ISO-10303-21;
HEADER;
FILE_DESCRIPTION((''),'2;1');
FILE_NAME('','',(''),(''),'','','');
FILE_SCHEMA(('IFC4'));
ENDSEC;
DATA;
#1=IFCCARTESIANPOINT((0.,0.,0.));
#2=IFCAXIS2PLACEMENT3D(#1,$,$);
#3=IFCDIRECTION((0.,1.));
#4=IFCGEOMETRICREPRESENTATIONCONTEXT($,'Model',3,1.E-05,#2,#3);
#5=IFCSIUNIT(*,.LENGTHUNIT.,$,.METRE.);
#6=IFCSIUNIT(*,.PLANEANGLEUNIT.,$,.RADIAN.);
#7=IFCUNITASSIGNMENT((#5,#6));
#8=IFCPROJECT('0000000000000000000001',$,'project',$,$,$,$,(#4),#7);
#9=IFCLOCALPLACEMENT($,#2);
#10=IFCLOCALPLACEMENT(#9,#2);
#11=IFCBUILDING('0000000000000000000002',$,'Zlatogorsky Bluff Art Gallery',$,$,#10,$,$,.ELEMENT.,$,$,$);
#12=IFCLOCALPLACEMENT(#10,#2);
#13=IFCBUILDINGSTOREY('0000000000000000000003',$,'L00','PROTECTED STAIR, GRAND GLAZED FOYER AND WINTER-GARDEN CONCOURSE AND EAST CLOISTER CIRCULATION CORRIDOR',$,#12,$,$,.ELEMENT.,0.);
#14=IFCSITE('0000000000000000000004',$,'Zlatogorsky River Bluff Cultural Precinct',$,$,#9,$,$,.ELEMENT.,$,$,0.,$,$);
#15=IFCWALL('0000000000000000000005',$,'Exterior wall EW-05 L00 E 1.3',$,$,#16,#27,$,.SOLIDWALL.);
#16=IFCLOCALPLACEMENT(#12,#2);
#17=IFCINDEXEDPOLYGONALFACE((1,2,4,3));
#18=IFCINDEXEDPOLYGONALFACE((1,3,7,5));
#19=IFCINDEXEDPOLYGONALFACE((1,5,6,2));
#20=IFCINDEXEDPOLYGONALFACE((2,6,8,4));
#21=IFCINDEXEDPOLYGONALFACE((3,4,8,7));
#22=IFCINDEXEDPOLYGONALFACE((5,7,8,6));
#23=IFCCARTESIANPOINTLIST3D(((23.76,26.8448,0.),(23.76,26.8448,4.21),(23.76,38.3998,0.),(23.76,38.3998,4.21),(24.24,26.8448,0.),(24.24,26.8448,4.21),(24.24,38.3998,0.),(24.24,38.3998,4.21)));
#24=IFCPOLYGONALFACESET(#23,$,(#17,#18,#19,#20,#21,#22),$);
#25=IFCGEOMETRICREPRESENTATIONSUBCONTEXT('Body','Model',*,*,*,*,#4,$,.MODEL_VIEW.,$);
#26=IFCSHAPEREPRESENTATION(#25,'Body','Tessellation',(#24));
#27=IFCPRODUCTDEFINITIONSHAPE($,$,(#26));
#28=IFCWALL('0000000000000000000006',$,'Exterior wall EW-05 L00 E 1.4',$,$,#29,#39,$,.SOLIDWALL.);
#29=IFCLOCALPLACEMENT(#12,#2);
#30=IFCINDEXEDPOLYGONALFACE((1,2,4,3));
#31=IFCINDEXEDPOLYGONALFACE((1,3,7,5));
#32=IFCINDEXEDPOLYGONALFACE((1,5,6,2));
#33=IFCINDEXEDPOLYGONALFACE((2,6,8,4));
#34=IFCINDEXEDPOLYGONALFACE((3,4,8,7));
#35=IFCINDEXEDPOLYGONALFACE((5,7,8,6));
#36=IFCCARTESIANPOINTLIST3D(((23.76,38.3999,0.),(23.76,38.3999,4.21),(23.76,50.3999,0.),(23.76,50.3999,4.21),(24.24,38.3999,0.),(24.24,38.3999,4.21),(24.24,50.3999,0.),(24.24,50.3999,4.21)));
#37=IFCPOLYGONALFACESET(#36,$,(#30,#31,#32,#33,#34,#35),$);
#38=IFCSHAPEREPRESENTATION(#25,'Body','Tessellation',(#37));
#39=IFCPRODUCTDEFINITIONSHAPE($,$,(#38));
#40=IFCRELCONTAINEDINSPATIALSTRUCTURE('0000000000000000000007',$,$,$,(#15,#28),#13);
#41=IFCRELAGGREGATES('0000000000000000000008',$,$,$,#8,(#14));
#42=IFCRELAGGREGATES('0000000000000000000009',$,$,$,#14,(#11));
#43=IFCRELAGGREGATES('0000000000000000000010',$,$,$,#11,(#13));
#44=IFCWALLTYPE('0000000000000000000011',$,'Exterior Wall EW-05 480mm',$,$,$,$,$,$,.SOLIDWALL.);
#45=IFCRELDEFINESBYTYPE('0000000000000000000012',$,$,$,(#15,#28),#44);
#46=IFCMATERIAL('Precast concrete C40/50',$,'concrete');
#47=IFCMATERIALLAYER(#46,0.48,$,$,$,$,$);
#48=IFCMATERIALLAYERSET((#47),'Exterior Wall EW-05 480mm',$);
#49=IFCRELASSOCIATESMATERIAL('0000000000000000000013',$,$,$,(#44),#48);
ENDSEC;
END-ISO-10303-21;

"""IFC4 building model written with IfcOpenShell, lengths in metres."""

from ifc_helpers import new_model, si_unit, direction, frame, frame_2d, origin, place, context, subcontext, project, spatial, rectangle, extrude, material, layer, layer_set, type_object, element, save


model = new_model("IFC4")

# Units and contexts
model_context = context("Model", 3, precision=1e-05, world=origin(), true_north=direction((0.0, 1.0)))
body_context = subcontext(model_context, "Body", "Model", "MODEL_VIEW")
ifc_project = project(units=[si_unit("LENGTHUNIT", "METRE"), si_unit("PLANEANGLEUNIT", "RADIAN")], contexts=[model_context])

# Site, building, storey
site_placement = place(None, origin())
site = spatial("IfcSite", under=ifc_project, at=site_placement, Name="Zlatogorsky River Bluff Cultural Precinct", CompositionType="ELEMENT", RefElevation=0.0)
building_placement = place(site_placement, origin())
building = spatial("IfcBuilding", under=site, at=building_placement, Name="Zlatogorsky Bluff Art Gallery", CompositionType="ELEMENT")
storey_placement = place(building_placement, origin())
storey = spatial("IfcBuildingStorey", under=building, at=storey_placement, Name="L00", Description="PROTECTED STAIR, GRAND GLAZED FOYER AND WINTER-GARDEN CONCOURSE AND EAST CLOISTER CIRCULATION CORRIDOR", CompositionType="ELEMENT", Elevation=0.0)

# Walls
ifc_material_1 = material(Name="Precast concrete C40/50", Category="concrete")
ifc_layer = layer(ifc_material_1, 0.48)
ifc_layer_set = layer_set([ifc_layer], Name="Exterior Wall EW-05 480mm")
wall_type = type_object("IfcWallType", Name="Exterior Wall EW-05 480mm", PredefinedType="SOLIDWALL", material=ifc_layer_set)
wall_1_placement = place(storey_placement, frame((24.0, 26.845, 0.0), z_axis=(0.0, 0.0, 1.0), x_axis=(0.0, 1.0, 0.0)))
element("IfcWall", 1, at=wall_1_placement, inside=storey, type_object=wall_type, Name="Exterior wall EW-05 L00 E 1.3", PredefinedType="SOLIDWALL", context=body_context, shape_type="SweptSolid", body=[
    extrude(rectangle(XDim=11.5549, YDim=0.48, at=frame_2d((5.7773, 0.0))), origin(), (0.0, 0.0, 1.0), 4.21),
])
wall_2_placement = place(storey_placement, frame((24.0, 38.3999, 0.0), z_axis=(0.0, 0.0, 1.0), x_axis=(0.0, 1.0, 0.0)))
element("IfcWall", 2, at=wall_2_placement, inside=storey, type_object=wall_type, Name="Exterior wall EW-05 L00 E 1.4", PredefinedType="SOLIDWALL", context=body_context, shape_type="SweptSolid", body=[
    extrude(rectangle(XDim=12.0, YDim=0.48, at=frame_2d((6.0, 0.0))), origin(), (0.0, 0.0, 1.0), 4.21),
])

save(model, "model.ifc")
